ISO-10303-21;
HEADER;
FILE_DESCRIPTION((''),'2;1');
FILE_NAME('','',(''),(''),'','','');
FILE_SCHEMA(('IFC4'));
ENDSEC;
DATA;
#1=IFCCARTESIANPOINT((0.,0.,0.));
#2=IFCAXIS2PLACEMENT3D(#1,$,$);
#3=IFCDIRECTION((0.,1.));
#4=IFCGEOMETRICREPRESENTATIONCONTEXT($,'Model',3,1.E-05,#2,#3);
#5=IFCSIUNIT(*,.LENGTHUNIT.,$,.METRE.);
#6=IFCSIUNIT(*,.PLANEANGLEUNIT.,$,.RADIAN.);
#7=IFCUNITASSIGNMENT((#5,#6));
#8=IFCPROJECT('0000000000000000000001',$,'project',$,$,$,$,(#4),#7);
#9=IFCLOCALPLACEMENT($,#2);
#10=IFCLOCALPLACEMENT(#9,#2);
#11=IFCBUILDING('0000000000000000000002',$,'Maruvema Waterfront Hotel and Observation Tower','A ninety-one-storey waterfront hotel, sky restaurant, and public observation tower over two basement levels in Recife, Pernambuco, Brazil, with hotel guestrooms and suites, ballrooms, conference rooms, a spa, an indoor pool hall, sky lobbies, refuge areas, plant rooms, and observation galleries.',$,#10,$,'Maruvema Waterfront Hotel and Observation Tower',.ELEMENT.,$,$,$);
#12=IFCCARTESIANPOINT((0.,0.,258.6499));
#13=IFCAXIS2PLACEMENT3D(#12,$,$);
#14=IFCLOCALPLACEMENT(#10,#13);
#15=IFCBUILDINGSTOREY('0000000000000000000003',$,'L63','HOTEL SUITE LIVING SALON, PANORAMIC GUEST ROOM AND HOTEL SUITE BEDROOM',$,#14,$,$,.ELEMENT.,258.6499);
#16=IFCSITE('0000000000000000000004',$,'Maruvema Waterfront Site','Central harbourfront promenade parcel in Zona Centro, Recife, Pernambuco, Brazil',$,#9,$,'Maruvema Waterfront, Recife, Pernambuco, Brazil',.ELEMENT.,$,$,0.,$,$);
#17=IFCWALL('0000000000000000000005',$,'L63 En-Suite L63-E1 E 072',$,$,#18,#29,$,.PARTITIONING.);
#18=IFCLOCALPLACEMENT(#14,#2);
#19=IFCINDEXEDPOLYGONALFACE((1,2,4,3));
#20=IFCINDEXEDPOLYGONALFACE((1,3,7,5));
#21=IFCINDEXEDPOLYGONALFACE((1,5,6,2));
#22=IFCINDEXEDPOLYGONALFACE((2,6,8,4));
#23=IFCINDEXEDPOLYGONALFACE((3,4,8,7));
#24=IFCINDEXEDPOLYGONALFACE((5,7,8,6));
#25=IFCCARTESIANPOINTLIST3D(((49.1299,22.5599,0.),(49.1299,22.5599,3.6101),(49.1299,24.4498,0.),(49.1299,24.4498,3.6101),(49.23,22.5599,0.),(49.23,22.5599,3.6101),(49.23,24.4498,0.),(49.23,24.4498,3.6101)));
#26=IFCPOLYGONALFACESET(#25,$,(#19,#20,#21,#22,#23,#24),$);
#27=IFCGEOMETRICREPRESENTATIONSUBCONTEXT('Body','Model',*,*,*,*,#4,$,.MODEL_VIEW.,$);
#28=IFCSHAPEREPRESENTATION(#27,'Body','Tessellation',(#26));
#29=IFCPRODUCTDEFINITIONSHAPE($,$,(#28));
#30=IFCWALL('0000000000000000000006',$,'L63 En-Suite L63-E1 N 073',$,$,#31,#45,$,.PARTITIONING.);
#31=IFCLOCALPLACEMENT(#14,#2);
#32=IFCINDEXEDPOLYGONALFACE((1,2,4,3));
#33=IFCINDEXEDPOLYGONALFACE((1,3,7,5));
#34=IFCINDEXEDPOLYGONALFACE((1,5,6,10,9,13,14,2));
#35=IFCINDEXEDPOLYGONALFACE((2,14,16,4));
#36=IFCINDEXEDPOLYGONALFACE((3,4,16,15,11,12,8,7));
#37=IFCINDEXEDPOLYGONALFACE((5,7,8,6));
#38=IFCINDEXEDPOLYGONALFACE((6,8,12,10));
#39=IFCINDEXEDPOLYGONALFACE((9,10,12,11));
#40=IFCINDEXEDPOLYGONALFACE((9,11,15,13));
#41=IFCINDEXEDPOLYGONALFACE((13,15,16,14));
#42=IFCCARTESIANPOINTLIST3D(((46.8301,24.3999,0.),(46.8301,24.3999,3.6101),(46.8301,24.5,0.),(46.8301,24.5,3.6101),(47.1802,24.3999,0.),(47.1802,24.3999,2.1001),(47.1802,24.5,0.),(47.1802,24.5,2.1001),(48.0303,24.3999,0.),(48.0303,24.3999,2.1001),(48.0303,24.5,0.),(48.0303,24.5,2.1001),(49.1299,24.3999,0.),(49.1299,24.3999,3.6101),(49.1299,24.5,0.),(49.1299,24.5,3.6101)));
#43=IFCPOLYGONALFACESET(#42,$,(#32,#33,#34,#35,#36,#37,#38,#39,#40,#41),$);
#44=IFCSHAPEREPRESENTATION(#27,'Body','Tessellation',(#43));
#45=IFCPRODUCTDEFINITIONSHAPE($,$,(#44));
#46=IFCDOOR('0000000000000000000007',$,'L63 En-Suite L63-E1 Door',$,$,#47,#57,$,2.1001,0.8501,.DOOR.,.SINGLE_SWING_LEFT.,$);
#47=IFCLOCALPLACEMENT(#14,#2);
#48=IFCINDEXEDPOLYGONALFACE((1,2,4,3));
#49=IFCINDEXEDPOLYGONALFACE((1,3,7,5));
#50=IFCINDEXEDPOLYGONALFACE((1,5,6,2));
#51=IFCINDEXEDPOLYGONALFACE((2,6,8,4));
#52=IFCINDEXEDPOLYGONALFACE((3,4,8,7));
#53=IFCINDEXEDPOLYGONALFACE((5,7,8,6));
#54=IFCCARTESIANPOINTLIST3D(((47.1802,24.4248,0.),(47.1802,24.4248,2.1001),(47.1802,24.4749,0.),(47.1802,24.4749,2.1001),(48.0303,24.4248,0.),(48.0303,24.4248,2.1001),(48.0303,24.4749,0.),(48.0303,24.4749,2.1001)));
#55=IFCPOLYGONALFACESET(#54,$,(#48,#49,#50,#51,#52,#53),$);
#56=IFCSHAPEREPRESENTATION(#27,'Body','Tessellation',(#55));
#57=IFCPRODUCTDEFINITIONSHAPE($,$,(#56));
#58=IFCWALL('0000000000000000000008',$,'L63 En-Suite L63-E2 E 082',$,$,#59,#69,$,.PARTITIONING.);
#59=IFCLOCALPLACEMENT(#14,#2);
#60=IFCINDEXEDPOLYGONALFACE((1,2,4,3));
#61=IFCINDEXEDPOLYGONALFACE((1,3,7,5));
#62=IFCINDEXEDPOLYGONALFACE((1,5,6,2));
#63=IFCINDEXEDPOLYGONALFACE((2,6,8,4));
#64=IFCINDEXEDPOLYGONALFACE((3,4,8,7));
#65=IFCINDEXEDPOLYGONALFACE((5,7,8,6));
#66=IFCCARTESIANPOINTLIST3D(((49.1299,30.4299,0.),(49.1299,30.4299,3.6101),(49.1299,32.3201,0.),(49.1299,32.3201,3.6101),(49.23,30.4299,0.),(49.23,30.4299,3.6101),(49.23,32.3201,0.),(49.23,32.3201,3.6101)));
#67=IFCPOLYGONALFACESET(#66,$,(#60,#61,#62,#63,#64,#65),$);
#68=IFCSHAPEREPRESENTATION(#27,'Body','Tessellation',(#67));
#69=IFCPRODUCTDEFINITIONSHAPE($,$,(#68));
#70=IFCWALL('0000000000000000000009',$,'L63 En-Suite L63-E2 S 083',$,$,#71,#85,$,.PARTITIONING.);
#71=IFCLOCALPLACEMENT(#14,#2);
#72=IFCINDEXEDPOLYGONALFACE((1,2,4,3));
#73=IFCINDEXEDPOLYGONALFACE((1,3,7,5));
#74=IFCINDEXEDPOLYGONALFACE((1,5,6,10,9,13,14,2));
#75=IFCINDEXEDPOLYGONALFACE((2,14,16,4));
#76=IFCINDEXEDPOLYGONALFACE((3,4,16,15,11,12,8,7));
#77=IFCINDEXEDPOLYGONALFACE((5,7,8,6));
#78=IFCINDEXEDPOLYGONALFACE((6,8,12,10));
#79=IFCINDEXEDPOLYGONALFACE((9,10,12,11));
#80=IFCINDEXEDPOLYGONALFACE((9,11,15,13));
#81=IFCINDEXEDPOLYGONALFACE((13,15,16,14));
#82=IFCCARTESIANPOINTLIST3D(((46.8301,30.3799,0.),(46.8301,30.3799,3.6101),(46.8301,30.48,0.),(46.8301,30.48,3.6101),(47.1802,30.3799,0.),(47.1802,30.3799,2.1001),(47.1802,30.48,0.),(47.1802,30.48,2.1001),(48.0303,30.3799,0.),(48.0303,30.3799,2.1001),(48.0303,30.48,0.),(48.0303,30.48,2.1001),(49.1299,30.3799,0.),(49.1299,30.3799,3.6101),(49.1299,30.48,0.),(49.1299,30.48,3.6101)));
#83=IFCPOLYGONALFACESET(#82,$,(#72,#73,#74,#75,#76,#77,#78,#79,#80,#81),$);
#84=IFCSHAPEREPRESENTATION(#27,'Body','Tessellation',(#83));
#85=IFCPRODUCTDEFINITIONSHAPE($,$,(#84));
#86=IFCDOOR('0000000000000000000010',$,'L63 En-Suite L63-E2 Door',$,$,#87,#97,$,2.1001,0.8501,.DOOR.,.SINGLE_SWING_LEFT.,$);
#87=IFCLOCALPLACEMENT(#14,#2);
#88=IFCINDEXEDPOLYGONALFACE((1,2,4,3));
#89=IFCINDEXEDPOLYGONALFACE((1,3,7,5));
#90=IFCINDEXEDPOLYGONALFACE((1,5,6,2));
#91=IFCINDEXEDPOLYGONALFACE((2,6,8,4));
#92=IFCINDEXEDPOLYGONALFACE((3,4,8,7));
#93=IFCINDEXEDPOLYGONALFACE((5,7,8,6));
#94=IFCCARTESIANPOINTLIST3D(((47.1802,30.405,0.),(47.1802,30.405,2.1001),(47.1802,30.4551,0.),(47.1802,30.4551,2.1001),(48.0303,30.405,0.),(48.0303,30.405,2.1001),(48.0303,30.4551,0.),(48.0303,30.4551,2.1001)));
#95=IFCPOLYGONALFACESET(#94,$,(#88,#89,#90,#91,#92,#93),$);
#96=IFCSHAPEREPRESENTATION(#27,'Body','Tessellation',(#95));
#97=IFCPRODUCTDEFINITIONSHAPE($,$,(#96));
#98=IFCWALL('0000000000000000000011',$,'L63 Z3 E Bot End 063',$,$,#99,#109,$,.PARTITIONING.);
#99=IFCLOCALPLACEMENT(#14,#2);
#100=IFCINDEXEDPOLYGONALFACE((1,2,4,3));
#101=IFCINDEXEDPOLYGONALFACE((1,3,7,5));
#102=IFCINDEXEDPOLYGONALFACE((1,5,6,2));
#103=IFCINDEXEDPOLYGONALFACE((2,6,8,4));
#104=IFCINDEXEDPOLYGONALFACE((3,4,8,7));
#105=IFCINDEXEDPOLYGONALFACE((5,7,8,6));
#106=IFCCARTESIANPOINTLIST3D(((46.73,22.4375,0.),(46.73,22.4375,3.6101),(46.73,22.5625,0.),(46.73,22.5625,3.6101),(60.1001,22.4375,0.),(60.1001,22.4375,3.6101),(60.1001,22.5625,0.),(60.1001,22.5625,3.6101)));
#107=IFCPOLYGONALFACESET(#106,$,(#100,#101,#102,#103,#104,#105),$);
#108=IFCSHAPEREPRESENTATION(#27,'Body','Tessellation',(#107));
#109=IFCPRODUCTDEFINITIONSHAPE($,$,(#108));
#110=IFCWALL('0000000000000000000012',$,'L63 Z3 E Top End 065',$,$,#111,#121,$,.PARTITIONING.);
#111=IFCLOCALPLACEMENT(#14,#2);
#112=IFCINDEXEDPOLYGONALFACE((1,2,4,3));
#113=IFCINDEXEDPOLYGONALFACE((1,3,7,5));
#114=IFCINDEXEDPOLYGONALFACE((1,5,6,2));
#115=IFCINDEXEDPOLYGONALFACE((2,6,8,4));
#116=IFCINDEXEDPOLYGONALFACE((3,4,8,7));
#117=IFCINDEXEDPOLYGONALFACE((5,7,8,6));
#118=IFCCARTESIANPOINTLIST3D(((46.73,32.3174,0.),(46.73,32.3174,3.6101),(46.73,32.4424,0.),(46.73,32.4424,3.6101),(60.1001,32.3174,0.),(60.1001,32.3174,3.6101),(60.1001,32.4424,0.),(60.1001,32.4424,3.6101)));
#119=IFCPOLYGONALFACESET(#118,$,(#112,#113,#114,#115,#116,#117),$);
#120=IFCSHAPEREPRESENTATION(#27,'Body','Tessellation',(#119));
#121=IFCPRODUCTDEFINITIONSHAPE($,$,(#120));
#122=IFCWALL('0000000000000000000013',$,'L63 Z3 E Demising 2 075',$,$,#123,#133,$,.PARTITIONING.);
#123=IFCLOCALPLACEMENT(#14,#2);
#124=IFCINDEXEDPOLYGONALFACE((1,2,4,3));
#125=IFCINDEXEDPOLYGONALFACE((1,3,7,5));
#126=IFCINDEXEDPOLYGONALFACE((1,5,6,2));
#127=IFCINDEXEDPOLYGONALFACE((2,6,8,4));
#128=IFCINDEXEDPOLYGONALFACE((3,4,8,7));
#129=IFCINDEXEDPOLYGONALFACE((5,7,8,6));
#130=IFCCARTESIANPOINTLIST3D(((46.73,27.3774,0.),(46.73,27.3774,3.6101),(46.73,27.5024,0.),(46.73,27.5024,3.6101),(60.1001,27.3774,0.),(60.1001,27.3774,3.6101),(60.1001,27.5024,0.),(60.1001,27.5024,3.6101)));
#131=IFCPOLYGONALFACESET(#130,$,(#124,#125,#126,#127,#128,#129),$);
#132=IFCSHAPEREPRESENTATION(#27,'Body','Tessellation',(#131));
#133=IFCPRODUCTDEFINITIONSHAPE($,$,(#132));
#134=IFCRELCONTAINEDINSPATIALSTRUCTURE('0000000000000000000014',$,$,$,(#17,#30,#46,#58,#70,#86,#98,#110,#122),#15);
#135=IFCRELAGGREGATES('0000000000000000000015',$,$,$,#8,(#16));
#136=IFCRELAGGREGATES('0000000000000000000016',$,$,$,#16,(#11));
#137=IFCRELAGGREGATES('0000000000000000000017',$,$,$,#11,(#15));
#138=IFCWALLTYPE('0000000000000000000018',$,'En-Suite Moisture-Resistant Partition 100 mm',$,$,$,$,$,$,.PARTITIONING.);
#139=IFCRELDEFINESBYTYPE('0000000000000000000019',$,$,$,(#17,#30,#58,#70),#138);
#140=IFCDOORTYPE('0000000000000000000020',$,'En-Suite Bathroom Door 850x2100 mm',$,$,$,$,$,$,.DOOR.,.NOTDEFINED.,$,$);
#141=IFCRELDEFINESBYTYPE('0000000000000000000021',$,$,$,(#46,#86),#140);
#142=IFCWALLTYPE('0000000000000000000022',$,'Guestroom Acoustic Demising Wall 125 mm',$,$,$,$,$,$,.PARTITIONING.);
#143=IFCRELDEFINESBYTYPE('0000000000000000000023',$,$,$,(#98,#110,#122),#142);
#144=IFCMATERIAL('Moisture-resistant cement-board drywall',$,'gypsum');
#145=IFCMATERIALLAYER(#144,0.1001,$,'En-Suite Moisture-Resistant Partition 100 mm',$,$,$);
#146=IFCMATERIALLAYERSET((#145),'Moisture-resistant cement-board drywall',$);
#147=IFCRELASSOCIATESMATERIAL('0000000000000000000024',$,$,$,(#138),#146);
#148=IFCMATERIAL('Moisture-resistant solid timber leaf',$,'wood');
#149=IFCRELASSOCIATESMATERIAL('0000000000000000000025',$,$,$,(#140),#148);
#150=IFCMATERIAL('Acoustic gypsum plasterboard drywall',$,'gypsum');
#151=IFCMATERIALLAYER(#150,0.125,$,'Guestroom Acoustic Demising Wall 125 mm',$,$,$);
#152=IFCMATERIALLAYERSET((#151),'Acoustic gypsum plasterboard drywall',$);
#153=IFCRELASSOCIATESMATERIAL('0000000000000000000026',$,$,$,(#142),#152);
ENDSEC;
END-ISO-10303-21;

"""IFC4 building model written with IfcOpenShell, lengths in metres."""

from ifc_helpers import new_model, si_unit, direction, frame, frame_2d, origin, place, context, subcontext, project, spatial, rectangle, extrude, material, layer, layer_set, type_object, element, fill, save


model = new_model("IFC4")

# Units and contexts
model_context = context("Model", 3, precision=1e-05, world=origin(), true_north=direction((0.0, 1.0)))
body_context = subcontext(model_context, "Body", "Model", "MODEL_VIEW")
ifc_project = project(units=[si_unit("LENGTHUNIT", "METRE"), si_unit("PLANEANGLEUNIT", "RADIAN")], contexts=[model_context])

# Site, building, storey
site_placement = place(None, origin())
site = spatial("IfcSite", under=ifc_project, at=site_placement, Name="Maruvema Waterfront Site", Description="Central harbourfront promenade parcel in Zona Centro, Recife, Pernambuco, Brazil", LongName="Maruvema Waterfront, Recife, Pernambuco, Brazil", CompositionType="ELEMENT", RefElevation=0.0)
building_placement = place(site_placement, origin())
building = spatial("IfcBuilding", under=site, at=building_placement, Name="Maruvema Waterfront Hotel and Observation Tower", Description="A ninety-one-storey waterfront hotel, sky restaurant, and public observation tower over two basement levels in Recife, Pernambuco, Brazil, with hotel guestrooms and suites, ballrooms, conference rooms, a spa, an indoor pool hall, sky lobbies, refuge areas, plant rooms, and observation galleries.", LongName="Maruvema Waterfront Hotel and Observation Tower", CompositionType="ELEMENT")
storey_placement = place(building_placement, frame((0.0, 0.0, 258.6499)))
storey = spatial("IfcBuildingStorey", under=building, at=storey_placement, Name="L63", Description="HOTEL SUITE LIVING SALON, PANORAMIC GUEST ROOM AND HOTEL SUITE BEDROOM", CompositionType="ELEMENT", Elevation=258.6499)

# Wall
ifc_material_1 = material(Name="Moisture-resistant cement-board drywall", Category="gypsum")
ifc_layer_1 = layer(ifc_material_1, 0.1001, Name="En-Suite Moisture-Resistant Partition 100 mm")
ifc_layer_set_1 = layer_set([ifc_layer_1], Name="Moisture-resistant cement-board drywall")
wall_type_1 = type_object("IfcWallType", Name="En-Suite Moisture-Resistant Partition 100 mm", PredefinedType="PARTITIONING", material=ifc_layer_set_1)
wall_1_placement = place(storey_placement, frame((49.1799, 22.5601, 0.0), z_axis=(0.0, 0.0, 1.0), x_axis=(0.0, 1.0, 0.0)))
element("IfcWall", 1, at=wall_1_placement, inside=storey, type_object=wall_type_1, Name="L63 En-Suite L63-E1 E 072", PredefinedType="PARTITIONING", context=body_context, shape_type="SweptSolid", body=[
    extrude(rectangle(XDim=1.8899, YDim=0.1001, at=frame_2d((0.9448, 0.0))), origin(), (0.0, 0.0, 1.0), 3.6101),
])

# Wall, opening, door
wall_2_placement = place(storey_placement, frame((46.8301, 24.45, 0.0), z_axis=(0.0, 0.0, 1.0), x_axis=(1.0, 0.0, 0.0)))
wall_2 = element("IfcWall", 2, at=wall_2_placement, inside=storey, type_object=wall_type_1, Name="L63 En-Suite L63-E1 N 073", PredefinedType="PARTITIONING", context=body_context, shape_type="SweptSolid", body=[
    extrude(rectangle(XDim=2.2998, YDim=0.1001, at=frame_2d((1.1499, 0.0))), origin(), (0.0, 0.0, 1.0), 3.6101),
])
opening_1_placement = place(wall_2_placement, frame((0.3501, 0.0, 0.0)))
opening_1 = element("IfcOpeningElement", 3, at=opening_1_placement, cuts=wall_2, PredefinedType="OPENING", context=body_context, shape_type="SweptSolid", body=[
    extrude(rectangle(XDim=0.8501, YDim=2.1001, at=frame_2d((0.425, 1.05))), frame((0.0, 0.0601, 0.0), z_axis=(0.0, -1.0, 0.0), x_axis=(1.0, 0.0, 0.0)), (0.0, 0.0, 1.0), 0.1201),
])
ifc_material_2 = material(Name="Moisture-resistant solid timber leaf", Category="wood")
door_type_1 = type_object("IfcDoorType", Name="En-Suite Bathroom Door 850x2100 mm", OperationType="NOTDEFINED", PredefinedType="DOOR", material=ifc_material_2)
door_1_placement = place(opening_1_placement, origin())
door_1 = element("IfcDoor", 4, at=door_1_placement, inside=storey, type_object=door_type_1, Name="L63 En-Suite L63-E1 Door", OperationType="SINGLE_SWING_LEFT", OverallHeight=2.1001, OverallWidth=0.8501, PredefinedType="DOOR", context=body_context, shape_type="SweptSolid", body=[
    extrude(rectangle(XDim=0.8501, YDim=2.1001, at=frame_2d((0.425, 1.05))), frame((0.0, 0.0249, 0.0), z_axis=(0.0, -1.0, 0.0), x_axis=(1.0, 0.0, 0.0)), (0.0, 0.0, 1.0), 0.05),
])
fill(opening_1, door_1)

# Wall
wall_3_placement = place(storey_placement, frame((49.1799, 30.4299, 0.0), z_axis=(0.0, 0.0, 1.0), x_axis=(0.0, 1.0, 0.0)))
element("IfcWall", 5, at=wall_3_placement, inside=storey, type_object=wall_type_1, Name="L63 En-Suite L63-E2 E 082", PredefinedType="PARTITIONING", context=body_context, shape_type="SweptSolid", body=[
    extrude(rectangle(XDim=1.8901, YDim=0.1001, at=frame_2d((0.9451, 0.0))), origin(), (0.0, 0.0, 1.0), 3.6101),
])

# Wall, opening, door
wall_4_placement = place(storey_placement, frame((46.8301, 30.4299, 0.0), z_axis=(0.0, 0.0, 1.0), x_axis=(1.0, 0.0, 0.0)))
wall_4 = element("IfcWall", 6, at=wall_4_placement, inside=storey, type_object=wall_type_1, Name="L63 En-Suite L63-E2 S 083", PredefinedType="PARTITIONING", context=body_context, shape_type="SweptSolid", body=[
    extrude(rectangle(XDim=2.2998, YDim=0.1001, at=frame_2d((1.1499, 0.0))), origin(), (0.0, 0.0, 1.0), 3.6101),
])
opening_2_placement = place(wall_4_placement, frame((0.3501, 0.0, 0.0)))
opening_2 = element("IfcOpeningElement", 7, at=opening_2_placement, cuts=wall_4, PredefinedType="OPENING", context=body_context, shape_type="SweptSolid", body=[
    extrude(rectangle(XDim=0.8501, YDim=2.1001, at=frame_2d((0.425, 1.05))), frame((0.0, 0.0601, 0.0), z_axis=(0.0, -1.0, 0.0), x_axis=(1.0, 0.0, 0.0)), (0.0, 0.0, 1.0), 0.1201),
])
door_2_placement = place(opening_2_placement, frame((0.8501, 0.0, 0.0), z_axis=(0.0, 0.0, 1.0), x_axis=(-1.0, 0.0, 0.0)))
door_2 = element("IfcDoor", 8, at=door_2_placement, inside=storey, type_object=door_type_1, Name="L63 En-Suite L63-E2 Door", OperationType="SINGLE_SWING_LEFT", OverallHeight=2.1001, OverallWidth=0.8501, PredefinedType="DOOR", context=body_context, shape_type="SweptSolid", body=[
    extrude(rectangle(XDim=0.8501, YDim=2.1001, at=frame_2d((0.425, 1.05))), frame((0.0, 0.0249, 0.0), z_axis=(0.0, -1.0, 0.0), x_axis=(1.0, 0.0, 0.0)), (0.0, 0.0, 1.0), 0.05),
])
fill(opening_2, door_2)

# Walls
ifc_material_3 = material(Name="Acoustic gypsum plasterboard drywall", Category="gypsum")
ifc_layer_2 = layer(ifc_material_3, 0.125, Name="Guestroom Acoustic Demising Wall 125 mm")
ifc_layer_set_2 = layer_set([ifc_layer_2], Name="Acoustic gypsum plasterboard drywall")
wall_type_2 = type_object("IfcWallType", Name="Guestroom Acoustic Demising Wall 125 mm", PredefinedType="PARTITIONING", material=ifc_layer_set_2)
for number, where, z_axis, x_axis, name in (
    (9, (46.73, 22.5, 0.0), (0.0, 0.0, 1.0), (1.0, 0.0, 0.0), "L63 Z3 E Bot End 063"),
    (10, (46.73, 32.3799, 0.0), (0.0, 0.0, 1.0), (1.0, 0.0, 0.0), "L63 Z3 E Top End 065"),
    (11, (46.73, 27.4399, 0.0), (0.0, 0.0, 1.0), (1.0, 0.0, 0.0), "L63 Z3 E Demising 2 075"),
):
    element("IfcWall", number, at=place(storey_placement, frame(where, z_axis=z_axis, x_axis=x_axis)), inside=storey, type_object=wall_type_2, Name=name, PredefinedType="PARTITIONING", context=body_context, shape_type="SweptSolid", body=[
        extrude(rectangle(XDim=13.3701, YDim=0.125, at=frame_2d((6.6851, 0.0))), origin(), (0.0, 0.0, 1.0), 3.6101),
    ])

save(model, "model.ifc")
